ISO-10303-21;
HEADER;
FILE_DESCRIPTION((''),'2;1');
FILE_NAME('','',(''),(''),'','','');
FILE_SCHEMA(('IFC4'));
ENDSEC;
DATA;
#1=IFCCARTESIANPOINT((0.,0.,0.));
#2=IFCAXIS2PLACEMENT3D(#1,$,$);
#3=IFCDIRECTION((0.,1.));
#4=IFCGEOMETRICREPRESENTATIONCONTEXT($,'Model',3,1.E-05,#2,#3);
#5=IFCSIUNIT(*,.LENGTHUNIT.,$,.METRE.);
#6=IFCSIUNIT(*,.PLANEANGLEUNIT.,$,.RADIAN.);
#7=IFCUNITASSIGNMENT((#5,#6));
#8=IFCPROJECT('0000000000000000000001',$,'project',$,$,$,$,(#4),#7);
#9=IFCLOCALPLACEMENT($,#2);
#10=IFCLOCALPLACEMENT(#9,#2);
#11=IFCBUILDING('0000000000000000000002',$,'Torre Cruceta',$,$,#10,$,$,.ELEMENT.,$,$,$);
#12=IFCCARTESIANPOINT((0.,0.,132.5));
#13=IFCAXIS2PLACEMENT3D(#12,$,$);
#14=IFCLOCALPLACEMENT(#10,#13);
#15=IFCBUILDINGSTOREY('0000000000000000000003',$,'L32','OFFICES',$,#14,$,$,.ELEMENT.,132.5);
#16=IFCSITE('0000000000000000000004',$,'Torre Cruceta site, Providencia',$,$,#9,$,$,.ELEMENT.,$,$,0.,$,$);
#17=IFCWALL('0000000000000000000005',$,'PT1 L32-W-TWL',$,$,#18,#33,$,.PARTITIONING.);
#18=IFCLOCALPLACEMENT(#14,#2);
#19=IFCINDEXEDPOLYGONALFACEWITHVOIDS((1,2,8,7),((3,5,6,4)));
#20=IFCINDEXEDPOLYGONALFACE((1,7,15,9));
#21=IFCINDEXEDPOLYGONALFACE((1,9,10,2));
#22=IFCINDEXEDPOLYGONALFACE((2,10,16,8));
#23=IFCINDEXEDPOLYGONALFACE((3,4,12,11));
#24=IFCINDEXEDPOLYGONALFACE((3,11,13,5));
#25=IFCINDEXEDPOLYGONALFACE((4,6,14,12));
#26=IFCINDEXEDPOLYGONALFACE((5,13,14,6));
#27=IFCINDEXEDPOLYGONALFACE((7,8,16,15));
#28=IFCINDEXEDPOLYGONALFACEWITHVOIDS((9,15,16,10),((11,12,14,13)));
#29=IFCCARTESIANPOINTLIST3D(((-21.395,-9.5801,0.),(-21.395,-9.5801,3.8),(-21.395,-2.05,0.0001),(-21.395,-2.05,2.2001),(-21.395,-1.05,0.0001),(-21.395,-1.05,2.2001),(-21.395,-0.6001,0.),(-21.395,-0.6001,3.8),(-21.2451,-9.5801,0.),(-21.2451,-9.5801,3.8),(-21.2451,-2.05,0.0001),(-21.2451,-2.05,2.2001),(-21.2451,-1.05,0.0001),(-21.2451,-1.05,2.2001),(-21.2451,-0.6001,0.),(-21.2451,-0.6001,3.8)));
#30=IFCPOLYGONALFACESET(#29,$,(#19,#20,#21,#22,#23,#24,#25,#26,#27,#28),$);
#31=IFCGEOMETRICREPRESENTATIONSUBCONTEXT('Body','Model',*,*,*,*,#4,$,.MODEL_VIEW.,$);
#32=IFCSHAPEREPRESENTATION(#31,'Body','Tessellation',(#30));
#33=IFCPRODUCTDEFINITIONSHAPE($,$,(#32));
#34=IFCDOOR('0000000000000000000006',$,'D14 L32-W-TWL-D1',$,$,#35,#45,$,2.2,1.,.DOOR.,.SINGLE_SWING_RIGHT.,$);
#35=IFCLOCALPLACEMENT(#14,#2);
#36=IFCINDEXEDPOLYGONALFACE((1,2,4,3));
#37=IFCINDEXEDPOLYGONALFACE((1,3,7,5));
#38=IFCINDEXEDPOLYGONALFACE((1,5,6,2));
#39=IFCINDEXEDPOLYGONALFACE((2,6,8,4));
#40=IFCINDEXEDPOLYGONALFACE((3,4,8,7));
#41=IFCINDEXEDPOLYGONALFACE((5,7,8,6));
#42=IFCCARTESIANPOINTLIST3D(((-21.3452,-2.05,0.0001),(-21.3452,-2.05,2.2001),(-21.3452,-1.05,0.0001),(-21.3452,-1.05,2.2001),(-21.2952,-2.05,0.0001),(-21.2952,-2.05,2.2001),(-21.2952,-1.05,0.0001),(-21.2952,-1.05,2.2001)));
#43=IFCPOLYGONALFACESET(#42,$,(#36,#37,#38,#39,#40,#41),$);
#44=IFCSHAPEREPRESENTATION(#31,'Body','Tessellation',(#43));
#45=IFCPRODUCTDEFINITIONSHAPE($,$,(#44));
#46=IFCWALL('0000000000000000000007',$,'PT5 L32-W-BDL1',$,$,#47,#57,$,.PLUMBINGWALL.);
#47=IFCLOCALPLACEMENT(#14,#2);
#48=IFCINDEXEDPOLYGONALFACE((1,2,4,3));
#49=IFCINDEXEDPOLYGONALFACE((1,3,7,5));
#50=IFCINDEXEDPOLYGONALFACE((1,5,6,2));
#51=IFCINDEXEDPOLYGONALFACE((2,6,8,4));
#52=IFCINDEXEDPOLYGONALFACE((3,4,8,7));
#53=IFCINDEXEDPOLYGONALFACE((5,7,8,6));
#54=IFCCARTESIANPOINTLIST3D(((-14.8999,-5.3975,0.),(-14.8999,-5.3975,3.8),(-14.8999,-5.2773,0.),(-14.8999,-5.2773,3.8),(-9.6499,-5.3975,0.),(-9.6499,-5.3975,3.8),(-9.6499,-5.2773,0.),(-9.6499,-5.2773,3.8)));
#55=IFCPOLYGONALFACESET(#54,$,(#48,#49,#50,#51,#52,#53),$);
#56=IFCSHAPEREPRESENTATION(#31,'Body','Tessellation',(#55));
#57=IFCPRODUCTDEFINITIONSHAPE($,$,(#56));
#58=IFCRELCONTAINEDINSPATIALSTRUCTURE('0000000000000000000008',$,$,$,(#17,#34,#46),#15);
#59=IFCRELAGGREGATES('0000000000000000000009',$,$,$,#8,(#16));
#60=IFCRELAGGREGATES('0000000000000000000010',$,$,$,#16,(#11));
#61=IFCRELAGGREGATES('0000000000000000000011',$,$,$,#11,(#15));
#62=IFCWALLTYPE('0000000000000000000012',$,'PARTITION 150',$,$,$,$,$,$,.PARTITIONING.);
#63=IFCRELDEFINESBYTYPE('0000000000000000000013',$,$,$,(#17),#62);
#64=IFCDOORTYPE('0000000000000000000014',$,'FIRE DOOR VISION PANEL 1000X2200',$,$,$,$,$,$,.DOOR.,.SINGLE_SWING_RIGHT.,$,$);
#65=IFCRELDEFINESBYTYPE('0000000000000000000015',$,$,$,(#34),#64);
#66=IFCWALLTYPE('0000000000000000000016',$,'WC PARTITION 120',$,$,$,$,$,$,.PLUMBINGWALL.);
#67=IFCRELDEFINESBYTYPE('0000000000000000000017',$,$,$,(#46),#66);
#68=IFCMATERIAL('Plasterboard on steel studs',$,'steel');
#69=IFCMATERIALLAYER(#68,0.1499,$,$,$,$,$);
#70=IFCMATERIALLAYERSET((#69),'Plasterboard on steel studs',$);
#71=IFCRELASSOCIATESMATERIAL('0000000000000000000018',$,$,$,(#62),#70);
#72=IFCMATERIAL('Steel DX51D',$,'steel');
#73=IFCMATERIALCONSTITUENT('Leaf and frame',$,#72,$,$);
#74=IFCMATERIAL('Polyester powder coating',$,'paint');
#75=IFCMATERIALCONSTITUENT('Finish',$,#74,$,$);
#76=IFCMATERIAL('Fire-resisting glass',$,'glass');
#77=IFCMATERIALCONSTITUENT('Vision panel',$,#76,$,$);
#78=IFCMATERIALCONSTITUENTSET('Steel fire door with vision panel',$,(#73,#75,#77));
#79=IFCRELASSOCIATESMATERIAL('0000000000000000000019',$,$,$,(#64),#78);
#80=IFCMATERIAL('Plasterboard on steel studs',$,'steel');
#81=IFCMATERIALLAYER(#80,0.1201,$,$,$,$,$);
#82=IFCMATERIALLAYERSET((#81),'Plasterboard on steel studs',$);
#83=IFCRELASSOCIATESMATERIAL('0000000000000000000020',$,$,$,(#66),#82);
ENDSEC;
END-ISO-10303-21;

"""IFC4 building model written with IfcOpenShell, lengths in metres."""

from ifc_helpers import new_model, si_unit, direction, frame, frame_2d, origin, place, context, subcontext, project, spatial, rectangle, extrude, material, layer, layer_set, constituent, constituent_set, type_object, element, fill, save


model = new_model("IFC4")

# Units and contexts
model_context = context("Model", 3, precision=1e-05, world=origin(), true_north=direction((0.0, 1.0)))
body_context = subcontext(model_context, "Body", "Model", "MODEL_VIEW")
ifc_project = project(units=[si_unit("LENGTHUNIT", "METRE"), si_unit("PLANEANGLEUNIT", "RADIAN")], contexts=[model_context])

# Site, building, storey
site_placement = place(None, origin())
site = spatial("IfcSite", under=ifc_project, at=site_placement, Name="Torre Cruceta site, Providencia", CompositionType="ELEMENT", RefElevation=0.0)
building_placement = place(site_placement, origin())
building = spatial("IfcBuilding", under=site, at=building_placement, Name="Torre Cruceta", CompositionType="ELEMENT")
storey_placement = place(building_placement, frame((0.0, 0.0, 132.5)))
storey = spatial("IfcBuildingStorey", under=building, at=storey_placement, Name="L32", Description="OFFICES", CompositionType="ELEMENT", Elevation=132.5)

# Shared definitions
ifc_material_1 = material(Name="Plasterboard on steel studs", Category="steel")
ifc_layer_1 = layer(ifc_material_1, 0.1499)
ifc_layer_set_1 = layer_set([ifc_layer_1], Name="Plasterboard on steel studs")
wall_type_1 = type_object("IfcWallType", Name="PARTITION 150", PredefinedType="PARTITIONING", material=ifc_layer_set_1)

# Wall, opening, door
wall_1_placement = place(storey_placement, frame((-21.3201, -0.6001, 0.0), z_axis=(0.0, 0.0, 1.0), x_axis=(0.0, -1.0, 0.0)))
wall_1 = element("IfcWall", 1, at=wall_1_placement, inside=storey, type_object=wall_type_1, Name="PT1 L32-W-TWL", PredefinedType="PARTITIONING", context=body_context, shape_type="SweptSolid", body=[
    extrude(rectangle(XDim=8.98, YDim=0.1499, at=frame_2d((4.49, 0.0))), origin(), (0.0, 0.0, 1.0), 3.8),
])
opening_1_placement = place(wall_1_placement, frame((0.45, 0.0, 0.0)))
opening_1 = element("IfcOpeningElement", 2, at=opening_1_placement, cuts=wall_1, PredefinedType="OPENING", context=body_context, shape_type="SweptSolid", body=[
    extrude(rectangle(XDim=1.0, YDim=2.2, at=frame_2d((0.5, 1.1001))), frame((0.0, 0.085, 0.0), z_axis=(0.0, -1.0, 0.0), x_axis=(1.0, 0.0, 0.0)), (0.0, 0.0, 1.0), 0.1699),
])
ifc_material_2 = material(Name="Steel DX51D", Category="steel")
ifc_constituent_1 = constituent(ifc_material_2, Name="Leaf and frame")
ifc_material_3 = material(Name="Polyester powder coating", Category="paint")
ifc_constituent_2 = constituent(ifc_material_3, Name="Finish")
ifc_material_4 = material(Name="Fire-resisting glass", Category="glass")
ifc_constituent_3 = constituent(ifc_material_4, Name="Vision panel")
ifc_constituent_set_1 = constituent_set(constituents=[ifc_constituent_1, ifc_constituent_2, ifc_constituent_3], Name="Steel fire door with vision panel")
door_type_1 = type_object("IfcDoorType", Name="FIRE DOOR VISION PANEL 1000X2200", OperationType="SINGLE_SWING_RIGHT", PredefinedType="DOOR", material=ifc_constituent_set_1)
door_1_placement = place(opening_1_placement, frame((1.0, 0.0, 0.0), z_axis=(0.0, 0.0, 1.0), x_axis=(-1.0, 0.0, 0.0)))
door_1 = element("IfcDoor", 3, at=door_1_placement, inside=storey, type_object=door_type_1, Name="D14 L32-W-TWL-D1", OperationType="SINGLE_SWING_RIGHT", OverallHeight=2.2, OverallWidth=1.0, PredefinedType="DOOR", context=body_context, shape_type="SweptSolid", body=[
    extrude(rectangle(XDim=1.0, YDim=2.2, at=frame_2d((0.5, 1.1001))), frame((0.0, 0.0251, 0.0), z_axis=(0.0, -1.0, 0.0), x_axis=(1.0, 0.0, 0.0)), (0.0, 0.0, 1.0), 0.05),
])
fill(opening_1, door_1)

# Wall
ifc_material_5 = material(Name="Plasterboard on steel studs", Category="steel")
ifc_layer_2 = layer(ifc_material_5, 0.1201)
ifc_layer_set_2 = layer_set([ifc_layer_2], Name="Plasterboard on steel studs")
wall_type_2 = type_object("IfcWallType", Name="WC PARTITION 120", PredefinedType="PLUMBINGWALL", material=ifc_layer_set_2)
wall_2_placement = place(storey_placement, frame((-9.6499, -5.3374, 0.0), z_axis=(0.0, 0.0, 1.0), x_axis=(-1.0, 0.0, 0.0)))
element("IfcWall", 4, at=wall_2_placement, inside=storey, type_object=wall_type_2, Name="PT5 L32-W-BDL1", PredefinedType="PLUMBINGWALL", context=body_context, shape_type="SweptSolid", body=[
    extrude(rectangle(XDim=5.25, YDim=0.1201, at=frame_2d((2.625, 0.0))), origin(), (0.0, 0.0, 1.0), 3.8),
])

save(model, "model.ifc")
